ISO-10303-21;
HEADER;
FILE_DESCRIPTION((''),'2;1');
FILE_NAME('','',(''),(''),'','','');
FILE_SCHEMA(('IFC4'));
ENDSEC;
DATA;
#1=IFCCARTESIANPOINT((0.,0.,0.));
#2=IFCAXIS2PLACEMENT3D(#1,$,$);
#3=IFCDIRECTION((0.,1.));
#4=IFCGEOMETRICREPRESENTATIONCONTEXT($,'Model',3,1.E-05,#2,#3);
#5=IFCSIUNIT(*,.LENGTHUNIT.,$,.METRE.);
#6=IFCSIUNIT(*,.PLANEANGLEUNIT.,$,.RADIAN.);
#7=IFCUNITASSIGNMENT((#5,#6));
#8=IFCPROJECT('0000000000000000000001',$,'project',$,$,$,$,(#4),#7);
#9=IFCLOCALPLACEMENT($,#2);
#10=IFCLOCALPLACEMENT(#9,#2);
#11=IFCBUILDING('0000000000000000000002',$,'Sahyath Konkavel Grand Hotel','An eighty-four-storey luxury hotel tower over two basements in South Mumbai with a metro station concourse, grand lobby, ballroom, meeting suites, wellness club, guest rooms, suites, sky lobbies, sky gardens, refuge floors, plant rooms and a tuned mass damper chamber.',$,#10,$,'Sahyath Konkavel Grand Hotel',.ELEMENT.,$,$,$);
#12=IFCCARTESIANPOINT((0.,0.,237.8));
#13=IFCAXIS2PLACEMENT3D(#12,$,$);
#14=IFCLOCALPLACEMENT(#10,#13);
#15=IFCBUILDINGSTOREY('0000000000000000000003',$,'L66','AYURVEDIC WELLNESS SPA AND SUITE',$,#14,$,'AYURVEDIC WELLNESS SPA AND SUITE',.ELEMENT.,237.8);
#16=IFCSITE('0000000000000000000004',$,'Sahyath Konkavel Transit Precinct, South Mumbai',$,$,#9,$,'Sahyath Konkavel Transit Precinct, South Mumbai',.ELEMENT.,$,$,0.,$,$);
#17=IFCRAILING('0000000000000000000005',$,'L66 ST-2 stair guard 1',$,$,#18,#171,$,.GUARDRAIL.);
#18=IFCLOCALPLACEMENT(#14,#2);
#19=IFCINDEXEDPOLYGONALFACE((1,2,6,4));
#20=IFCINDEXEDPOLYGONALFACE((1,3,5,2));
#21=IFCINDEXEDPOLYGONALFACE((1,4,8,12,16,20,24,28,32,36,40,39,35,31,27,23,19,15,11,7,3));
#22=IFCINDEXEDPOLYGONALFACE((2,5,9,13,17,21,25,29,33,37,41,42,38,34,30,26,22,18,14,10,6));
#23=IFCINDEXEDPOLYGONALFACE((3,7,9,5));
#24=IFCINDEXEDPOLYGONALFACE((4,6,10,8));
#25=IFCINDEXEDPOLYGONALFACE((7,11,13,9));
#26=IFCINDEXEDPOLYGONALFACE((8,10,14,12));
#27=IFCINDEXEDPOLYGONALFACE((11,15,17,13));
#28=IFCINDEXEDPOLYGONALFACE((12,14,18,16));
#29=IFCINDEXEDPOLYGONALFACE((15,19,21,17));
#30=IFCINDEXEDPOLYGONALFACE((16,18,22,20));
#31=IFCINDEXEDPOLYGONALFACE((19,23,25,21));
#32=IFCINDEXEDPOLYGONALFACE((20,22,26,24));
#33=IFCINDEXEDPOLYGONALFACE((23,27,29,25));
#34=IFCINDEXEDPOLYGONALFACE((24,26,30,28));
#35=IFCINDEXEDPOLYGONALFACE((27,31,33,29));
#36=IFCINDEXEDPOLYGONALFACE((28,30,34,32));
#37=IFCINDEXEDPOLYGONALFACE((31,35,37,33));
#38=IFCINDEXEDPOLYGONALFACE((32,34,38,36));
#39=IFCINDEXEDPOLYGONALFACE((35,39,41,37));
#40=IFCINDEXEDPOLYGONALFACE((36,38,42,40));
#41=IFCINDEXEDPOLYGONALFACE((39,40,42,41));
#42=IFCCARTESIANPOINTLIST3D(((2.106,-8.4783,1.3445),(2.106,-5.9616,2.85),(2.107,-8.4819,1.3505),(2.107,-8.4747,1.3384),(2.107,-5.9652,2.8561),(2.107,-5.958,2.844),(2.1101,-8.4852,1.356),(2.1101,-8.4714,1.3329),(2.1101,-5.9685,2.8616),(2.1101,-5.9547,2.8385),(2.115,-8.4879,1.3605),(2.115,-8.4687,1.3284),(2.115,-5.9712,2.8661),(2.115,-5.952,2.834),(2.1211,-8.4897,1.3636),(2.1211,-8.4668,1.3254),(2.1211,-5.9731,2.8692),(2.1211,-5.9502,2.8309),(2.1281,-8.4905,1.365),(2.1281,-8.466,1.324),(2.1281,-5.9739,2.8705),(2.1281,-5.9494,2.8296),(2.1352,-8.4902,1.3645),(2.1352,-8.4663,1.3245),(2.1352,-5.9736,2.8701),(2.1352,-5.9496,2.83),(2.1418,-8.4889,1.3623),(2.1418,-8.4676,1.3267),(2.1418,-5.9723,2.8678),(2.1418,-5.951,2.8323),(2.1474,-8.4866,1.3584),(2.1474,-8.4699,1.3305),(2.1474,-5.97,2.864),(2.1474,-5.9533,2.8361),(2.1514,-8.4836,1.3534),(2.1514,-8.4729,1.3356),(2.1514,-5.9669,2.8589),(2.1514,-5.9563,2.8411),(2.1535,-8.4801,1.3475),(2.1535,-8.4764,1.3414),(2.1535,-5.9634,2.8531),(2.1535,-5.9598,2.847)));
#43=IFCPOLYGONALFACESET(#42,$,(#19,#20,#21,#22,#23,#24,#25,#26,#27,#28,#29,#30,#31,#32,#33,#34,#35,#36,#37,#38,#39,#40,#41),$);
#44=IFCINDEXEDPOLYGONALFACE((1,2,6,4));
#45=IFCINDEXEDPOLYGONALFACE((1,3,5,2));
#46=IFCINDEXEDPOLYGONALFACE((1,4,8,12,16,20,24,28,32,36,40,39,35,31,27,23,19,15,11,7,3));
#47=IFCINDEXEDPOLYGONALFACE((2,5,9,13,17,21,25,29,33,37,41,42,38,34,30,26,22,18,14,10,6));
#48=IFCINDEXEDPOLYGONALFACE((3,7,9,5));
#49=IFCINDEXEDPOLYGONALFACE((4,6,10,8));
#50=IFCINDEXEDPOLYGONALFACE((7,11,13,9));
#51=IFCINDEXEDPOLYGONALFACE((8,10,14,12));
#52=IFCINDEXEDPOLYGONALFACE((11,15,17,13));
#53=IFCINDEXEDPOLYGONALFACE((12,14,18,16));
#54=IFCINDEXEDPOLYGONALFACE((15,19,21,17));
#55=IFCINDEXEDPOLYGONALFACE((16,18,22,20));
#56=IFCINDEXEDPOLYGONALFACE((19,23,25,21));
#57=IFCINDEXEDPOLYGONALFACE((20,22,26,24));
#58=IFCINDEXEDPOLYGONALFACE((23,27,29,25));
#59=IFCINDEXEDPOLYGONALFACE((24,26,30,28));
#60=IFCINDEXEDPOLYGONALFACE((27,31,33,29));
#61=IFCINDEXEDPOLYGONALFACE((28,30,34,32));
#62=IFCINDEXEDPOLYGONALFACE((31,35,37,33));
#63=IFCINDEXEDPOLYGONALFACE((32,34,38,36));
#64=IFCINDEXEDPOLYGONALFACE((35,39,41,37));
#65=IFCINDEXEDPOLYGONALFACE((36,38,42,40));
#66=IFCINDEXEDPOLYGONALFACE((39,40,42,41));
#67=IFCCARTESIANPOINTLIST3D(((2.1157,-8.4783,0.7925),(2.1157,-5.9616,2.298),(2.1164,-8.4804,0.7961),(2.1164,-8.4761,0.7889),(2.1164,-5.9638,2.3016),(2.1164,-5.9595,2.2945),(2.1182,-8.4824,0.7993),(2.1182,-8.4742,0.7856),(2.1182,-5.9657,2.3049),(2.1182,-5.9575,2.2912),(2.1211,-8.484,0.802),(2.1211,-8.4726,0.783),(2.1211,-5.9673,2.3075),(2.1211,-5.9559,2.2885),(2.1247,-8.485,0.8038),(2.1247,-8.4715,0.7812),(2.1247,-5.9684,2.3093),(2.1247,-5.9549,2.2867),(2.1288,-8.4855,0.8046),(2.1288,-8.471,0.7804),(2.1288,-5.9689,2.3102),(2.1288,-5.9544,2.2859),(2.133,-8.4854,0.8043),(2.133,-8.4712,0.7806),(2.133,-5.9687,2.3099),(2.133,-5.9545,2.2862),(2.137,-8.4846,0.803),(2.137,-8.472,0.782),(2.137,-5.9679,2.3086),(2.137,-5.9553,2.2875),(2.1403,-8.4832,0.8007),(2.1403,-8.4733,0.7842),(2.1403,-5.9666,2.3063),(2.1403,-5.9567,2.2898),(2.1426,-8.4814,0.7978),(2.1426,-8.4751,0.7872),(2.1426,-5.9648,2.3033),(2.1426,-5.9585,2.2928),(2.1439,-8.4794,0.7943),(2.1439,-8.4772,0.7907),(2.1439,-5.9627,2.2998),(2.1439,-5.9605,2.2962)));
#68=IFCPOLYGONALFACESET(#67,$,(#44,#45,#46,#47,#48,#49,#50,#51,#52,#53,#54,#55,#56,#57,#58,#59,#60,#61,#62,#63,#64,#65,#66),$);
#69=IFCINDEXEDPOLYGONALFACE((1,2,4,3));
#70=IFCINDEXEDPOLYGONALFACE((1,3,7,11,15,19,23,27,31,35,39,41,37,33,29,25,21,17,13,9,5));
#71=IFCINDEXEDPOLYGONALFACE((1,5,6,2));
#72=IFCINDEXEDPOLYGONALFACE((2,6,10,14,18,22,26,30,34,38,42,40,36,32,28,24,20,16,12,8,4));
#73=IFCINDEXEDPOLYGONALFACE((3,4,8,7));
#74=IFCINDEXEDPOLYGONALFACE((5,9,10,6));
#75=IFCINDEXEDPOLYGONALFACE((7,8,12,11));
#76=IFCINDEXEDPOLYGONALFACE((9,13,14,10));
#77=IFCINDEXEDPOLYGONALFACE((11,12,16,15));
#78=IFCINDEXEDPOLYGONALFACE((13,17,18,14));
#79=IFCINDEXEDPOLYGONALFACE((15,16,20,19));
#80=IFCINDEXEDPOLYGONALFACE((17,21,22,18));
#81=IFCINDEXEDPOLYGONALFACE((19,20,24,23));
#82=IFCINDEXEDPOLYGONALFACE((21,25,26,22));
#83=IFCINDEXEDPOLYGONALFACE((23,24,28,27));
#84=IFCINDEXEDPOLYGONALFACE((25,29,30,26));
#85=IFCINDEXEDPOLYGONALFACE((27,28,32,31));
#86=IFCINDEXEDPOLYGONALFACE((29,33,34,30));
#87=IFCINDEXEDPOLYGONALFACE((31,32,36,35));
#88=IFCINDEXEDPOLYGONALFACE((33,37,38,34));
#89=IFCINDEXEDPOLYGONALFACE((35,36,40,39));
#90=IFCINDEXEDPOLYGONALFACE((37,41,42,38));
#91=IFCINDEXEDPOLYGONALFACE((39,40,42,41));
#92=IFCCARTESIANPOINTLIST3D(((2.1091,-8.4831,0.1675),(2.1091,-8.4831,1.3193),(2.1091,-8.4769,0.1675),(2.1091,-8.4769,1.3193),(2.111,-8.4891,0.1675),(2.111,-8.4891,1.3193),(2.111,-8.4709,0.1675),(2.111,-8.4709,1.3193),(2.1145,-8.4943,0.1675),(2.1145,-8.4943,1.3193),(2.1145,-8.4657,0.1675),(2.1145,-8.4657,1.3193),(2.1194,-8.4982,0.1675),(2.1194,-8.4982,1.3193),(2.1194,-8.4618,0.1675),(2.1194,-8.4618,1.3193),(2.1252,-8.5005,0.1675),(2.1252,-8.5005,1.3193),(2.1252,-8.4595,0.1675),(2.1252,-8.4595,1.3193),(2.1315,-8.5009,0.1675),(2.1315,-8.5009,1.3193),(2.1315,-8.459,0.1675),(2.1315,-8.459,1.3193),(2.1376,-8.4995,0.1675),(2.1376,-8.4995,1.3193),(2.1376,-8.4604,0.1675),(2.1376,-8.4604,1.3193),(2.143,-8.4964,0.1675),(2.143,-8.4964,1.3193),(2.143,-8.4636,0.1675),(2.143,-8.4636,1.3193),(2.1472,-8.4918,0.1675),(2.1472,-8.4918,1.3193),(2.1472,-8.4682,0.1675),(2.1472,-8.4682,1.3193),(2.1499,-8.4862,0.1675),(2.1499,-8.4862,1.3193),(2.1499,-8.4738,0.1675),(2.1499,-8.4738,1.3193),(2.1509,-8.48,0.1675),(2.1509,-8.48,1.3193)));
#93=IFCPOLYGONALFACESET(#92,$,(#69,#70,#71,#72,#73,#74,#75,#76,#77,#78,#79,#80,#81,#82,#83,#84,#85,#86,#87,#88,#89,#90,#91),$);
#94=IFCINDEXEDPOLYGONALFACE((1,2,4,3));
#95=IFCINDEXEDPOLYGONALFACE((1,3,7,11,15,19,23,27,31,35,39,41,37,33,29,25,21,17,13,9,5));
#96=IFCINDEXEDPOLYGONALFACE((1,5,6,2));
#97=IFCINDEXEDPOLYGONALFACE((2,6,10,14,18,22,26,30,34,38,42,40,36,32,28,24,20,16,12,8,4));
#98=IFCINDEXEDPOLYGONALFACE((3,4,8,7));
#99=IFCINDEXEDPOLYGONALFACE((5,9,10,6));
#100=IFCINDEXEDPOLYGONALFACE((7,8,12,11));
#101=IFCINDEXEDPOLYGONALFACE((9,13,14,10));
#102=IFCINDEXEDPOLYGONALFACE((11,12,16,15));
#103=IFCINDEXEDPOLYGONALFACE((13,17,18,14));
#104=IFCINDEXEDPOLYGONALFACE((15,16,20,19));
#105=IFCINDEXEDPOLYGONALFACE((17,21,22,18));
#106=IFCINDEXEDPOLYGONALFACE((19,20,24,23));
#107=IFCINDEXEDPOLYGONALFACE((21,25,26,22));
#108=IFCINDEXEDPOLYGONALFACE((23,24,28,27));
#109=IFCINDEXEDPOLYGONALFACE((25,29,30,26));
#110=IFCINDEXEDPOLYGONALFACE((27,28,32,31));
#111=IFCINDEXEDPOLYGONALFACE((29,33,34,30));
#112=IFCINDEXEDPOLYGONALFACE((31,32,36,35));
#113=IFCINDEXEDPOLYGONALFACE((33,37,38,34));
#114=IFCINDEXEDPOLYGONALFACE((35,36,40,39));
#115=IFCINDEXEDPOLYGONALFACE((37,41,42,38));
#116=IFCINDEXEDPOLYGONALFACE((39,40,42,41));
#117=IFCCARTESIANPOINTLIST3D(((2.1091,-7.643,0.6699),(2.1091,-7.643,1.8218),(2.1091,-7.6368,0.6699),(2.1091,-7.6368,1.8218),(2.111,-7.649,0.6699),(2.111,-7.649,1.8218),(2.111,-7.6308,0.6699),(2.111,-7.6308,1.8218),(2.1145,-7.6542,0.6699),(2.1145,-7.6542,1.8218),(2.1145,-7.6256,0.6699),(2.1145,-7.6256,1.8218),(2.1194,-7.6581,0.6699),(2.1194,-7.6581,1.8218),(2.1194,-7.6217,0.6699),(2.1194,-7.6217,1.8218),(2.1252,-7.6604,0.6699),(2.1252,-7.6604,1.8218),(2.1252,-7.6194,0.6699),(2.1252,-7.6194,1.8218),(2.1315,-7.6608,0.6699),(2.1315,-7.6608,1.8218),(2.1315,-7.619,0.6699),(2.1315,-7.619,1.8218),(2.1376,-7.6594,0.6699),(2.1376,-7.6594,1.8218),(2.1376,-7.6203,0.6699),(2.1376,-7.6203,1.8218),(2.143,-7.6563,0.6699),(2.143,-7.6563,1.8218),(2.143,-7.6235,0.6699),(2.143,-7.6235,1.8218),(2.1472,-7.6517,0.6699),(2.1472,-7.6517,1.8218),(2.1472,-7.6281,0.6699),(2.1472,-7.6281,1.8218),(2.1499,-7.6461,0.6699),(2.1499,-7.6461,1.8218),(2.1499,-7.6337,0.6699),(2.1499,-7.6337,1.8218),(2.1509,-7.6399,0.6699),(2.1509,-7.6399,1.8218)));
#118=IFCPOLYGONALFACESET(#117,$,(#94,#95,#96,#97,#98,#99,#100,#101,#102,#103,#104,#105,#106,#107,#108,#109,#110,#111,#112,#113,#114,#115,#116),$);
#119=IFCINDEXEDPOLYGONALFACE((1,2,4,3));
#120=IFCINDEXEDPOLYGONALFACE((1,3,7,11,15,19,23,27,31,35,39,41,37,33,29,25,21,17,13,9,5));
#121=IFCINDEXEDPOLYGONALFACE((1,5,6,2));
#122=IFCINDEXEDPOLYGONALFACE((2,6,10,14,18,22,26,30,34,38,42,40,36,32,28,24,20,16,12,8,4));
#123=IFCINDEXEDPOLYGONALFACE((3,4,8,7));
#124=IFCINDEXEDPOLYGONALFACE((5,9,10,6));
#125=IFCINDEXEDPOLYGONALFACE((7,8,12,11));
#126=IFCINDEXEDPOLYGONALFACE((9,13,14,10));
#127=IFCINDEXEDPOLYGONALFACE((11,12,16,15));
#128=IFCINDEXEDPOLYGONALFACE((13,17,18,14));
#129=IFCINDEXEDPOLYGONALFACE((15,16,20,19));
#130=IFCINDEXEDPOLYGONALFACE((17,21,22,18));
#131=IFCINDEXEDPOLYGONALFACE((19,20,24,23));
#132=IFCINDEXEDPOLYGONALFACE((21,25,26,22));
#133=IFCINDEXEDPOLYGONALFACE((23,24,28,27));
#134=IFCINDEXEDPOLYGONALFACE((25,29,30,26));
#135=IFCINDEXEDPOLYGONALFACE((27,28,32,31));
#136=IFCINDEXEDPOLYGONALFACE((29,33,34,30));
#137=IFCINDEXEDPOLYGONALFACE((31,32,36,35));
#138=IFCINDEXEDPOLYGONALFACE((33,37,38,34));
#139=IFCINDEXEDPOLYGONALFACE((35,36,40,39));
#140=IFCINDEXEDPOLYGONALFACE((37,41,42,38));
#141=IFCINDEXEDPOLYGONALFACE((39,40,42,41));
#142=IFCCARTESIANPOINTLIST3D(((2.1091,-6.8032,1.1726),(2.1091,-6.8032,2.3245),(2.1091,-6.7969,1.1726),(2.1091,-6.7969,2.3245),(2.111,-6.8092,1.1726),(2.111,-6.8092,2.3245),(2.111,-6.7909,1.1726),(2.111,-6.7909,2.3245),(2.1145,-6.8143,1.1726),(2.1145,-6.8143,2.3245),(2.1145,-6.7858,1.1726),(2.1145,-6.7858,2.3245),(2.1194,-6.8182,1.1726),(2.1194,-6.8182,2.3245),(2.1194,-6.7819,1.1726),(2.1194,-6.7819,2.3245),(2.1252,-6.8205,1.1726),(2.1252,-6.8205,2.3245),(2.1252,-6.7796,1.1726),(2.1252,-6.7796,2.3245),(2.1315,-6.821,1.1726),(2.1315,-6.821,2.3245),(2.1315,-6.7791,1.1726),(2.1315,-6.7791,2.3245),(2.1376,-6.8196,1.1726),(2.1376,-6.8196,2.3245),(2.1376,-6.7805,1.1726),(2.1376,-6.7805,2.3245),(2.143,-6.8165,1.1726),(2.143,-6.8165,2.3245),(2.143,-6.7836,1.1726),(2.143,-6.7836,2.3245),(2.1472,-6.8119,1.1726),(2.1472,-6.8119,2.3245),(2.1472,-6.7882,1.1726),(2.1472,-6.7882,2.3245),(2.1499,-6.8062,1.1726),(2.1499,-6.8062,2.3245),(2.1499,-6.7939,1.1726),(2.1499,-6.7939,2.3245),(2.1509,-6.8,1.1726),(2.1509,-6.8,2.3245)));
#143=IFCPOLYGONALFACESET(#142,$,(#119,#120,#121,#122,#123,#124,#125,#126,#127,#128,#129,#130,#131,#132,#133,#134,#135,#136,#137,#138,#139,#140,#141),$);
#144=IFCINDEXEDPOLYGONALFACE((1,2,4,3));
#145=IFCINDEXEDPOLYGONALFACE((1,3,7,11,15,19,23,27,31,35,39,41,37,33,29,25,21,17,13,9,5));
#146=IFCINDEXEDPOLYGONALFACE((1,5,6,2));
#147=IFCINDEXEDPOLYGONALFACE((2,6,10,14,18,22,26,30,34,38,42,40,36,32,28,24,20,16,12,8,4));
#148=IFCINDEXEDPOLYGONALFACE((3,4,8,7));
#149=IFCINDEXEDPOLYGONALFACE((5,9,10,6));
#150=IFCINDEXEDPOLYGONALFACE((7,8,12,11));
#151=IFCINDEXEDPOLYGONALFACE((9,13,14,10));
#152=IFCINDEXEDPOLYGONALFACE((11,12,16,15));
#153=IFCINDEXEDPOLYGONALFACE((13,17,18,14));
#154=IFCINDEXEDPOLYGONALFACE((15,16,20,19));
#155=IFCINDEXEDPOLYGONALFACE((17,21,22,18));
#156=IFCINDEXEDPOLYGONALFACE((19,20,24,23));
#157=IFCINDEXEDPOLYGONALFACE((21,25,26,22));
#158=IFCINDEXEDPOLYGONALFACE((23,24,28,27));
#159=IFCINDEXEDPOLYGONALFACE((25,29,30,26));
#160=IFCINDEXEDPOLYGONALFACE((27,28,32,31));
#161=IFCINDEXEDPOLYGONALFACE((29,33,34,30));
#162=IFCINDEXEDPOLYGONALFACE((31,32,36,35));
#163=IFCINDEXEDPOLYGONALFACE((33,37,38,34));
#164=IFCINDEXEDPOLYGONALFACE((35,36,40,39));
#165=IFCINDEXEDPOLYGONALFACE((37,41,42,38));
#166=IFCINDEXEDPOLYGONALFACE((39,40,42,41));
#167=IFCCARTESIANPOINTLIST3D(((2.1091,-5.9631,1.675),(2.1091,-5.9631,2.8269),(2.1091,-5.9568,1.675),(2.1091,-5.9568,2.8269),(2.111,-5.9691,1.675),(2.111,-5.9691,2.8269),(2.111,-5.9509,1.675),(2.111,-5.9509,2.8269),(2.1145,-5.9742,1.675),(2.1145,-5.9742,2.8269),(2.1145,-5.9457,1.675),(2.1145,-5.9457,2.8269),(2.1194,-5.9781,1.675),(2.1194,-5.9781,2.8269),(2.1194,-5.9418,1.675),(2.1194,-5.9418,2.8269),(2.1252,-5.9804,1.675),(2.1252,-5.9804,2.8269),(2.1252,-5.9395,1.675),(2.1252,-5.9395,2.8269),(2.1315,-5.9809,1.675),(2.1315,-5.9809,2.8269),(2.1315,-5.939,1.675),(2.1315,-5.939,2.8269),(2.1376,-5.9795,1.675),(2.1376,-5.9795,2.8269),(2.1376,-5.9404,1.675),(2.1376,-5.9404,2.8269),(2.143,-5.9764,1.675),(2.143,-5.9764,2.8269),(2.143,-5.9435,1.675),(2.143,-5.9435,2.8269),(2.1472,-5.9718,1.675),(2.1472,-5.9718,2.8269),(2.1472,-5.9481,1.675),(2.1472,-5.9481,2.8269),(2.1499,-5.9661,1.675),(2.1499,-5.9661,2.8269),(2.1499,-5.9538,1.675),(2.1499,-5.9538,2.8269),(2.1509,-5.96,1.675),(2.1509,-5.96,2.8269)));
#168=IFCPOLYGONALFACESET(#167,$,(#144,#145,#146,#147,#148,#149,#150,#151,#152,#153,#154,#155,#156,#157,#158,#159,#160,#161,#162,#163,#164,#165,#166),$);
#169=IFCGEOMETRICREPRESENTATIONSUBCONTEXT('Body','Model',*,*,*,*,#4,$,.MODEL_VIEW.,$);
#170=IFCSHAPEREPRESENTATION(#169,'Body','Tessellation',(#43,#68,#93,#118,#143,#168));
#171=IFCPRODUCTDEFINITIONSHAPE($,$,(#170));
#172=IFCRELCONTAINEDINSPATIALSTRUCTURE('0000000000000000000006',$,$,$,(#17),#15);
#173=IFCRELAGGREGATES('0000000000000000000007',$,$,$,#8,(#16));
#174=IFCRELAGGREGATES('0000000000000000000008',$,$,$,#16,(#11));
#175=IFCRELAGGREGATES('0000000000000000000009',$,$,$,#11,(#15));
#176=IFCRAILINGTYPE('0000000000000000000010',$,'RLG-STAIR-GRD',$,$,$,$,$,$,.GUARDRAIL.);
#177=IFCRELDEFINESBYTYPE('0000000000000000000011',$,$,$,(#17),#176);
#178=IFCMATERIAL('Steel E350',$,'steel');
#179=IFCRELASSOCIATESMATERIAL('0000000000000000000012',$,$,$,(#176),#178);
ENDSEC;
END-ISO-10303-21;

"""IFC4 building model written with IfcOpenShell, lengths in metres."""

from ifc_helpers import new_model, si_unit, direction, frame, origin, origin_2d, place, context, subcontext, project, spatial, circle, extrude, material, type_object, element, save


model = new_model("IFC4")

# Units and contexts
model_context = context("Model", 3, precision=1e-05, world=origin(), true_north=direction((0.0, 1.0)))
body_context = subcontext(model_context, "Body", "Model", "MODEL_VIEW")
ifc_project = project(units=[si_unit("LENGTHUNIT", "METRE"), si_unit("PLANEANGLEUNIT", "RADIAN")], contexts=[model_context])

# Site, building, storey
site_placement = place(None, origin())
site = spatial("IfcSite", under=ifc_project, at=site_placement, Name="Sahyath Konkavel Transit Precinct, South Mumbai", LongName="Sahyath Konkavel Transit Precinct, South Mumbai", CompositionType="ELEMENT", RefElevation=0.0)
building_placement = place(site_placement, origin())
building = spatial("IfcBuilding", under=site, at=building_placement, Name="Sahyath Konkavel Grand Hotel", Description="An eighty-four-storey luxury hotel tower over two basements in South Mumbai with a metro station concourse, grand lobby, ballroom, meeting suites, wellness club, guest rooms, suites, sky lobbies, sky gardens, refuge floors, plant rooms and a tuned mass damper chamber.", LongName="Sahyath Konkavel Grand Hotel", CompositionType="ELEMENT")
storey_placement = place(building_placement, frame((0.0, 0.0, 237.8)))
storey = spatial("IfcBuildingStorey", under=building, at=storey_placement, Name="L66", Description="AYURVEDIC WELLNESS SPA AND SUITE", LongName="AYURVEDIC WELLNESS SPA AND SUITE", CompositionType="ELEMENT", Elevation=237.8)

# Shared definitions
ifc_material_1 = material(Name="Steel E350", Category="steel")

# Railing
railing_type_1 = type_object("IfcRailingType", Name="RLG-STAIR-GRD", PredefinedType="GUARDRAIL", material=ifc_material_1)
railing_1_placement = place(storey_placement, frame((2.1299, -8.48, 0.1675)))
element("IfcRailing", 1, at=railing_1_placement, inside=storey, type_object=railing_type_1, Name="L66 ST-2 stair guard 1", PredefinedType="GUARDRAIL", context=body_context, shape_type="SweptSolid", body=[
    extrude(circle(Radius=0.0239, at=origin_2d()), frame((0.0, 0.0017, 1.177), z_axis=(0.0, 0.85816, 0.513383), x_axis=(-1.0, 0.0, 0.0)), (0.0, 0.0, 1.0), 2.9326),
    extrude(circle(Radius=0.0142, at=origin_2d()), frame((0.0, 0.0017, 0.625), z_axis=(0.0, 0.85816, 0.513383), x_axis=(-1.0, 0.0, 0.0)), (0.0, 0.0, 1.0), 2.9326),
    extrude(circle(Radius=0.021, at=origin_2d()), origin(), (0.0, 0.0, 1.0), 1.1519),
    extrude(circle(Radius=0.021, at=origin_2d()), frame((0.0, 0.8401, 0.5024)), (0.0, 0.0, 1.0), 1.1519),
    extrude(circle(Radius=0.021, at=origin_2d()), frame((0.0, 1.6799, 1.0051)), (0.0, 0.0, 1.0), 1.1519),
    extrude(circle(Radius=0.021, at=origin_2d()), frame((0.0, 2.52, 1.5076)), (0.0, 0.0, 1.0), 1.1519),
])

save(model, "model.ifc")
